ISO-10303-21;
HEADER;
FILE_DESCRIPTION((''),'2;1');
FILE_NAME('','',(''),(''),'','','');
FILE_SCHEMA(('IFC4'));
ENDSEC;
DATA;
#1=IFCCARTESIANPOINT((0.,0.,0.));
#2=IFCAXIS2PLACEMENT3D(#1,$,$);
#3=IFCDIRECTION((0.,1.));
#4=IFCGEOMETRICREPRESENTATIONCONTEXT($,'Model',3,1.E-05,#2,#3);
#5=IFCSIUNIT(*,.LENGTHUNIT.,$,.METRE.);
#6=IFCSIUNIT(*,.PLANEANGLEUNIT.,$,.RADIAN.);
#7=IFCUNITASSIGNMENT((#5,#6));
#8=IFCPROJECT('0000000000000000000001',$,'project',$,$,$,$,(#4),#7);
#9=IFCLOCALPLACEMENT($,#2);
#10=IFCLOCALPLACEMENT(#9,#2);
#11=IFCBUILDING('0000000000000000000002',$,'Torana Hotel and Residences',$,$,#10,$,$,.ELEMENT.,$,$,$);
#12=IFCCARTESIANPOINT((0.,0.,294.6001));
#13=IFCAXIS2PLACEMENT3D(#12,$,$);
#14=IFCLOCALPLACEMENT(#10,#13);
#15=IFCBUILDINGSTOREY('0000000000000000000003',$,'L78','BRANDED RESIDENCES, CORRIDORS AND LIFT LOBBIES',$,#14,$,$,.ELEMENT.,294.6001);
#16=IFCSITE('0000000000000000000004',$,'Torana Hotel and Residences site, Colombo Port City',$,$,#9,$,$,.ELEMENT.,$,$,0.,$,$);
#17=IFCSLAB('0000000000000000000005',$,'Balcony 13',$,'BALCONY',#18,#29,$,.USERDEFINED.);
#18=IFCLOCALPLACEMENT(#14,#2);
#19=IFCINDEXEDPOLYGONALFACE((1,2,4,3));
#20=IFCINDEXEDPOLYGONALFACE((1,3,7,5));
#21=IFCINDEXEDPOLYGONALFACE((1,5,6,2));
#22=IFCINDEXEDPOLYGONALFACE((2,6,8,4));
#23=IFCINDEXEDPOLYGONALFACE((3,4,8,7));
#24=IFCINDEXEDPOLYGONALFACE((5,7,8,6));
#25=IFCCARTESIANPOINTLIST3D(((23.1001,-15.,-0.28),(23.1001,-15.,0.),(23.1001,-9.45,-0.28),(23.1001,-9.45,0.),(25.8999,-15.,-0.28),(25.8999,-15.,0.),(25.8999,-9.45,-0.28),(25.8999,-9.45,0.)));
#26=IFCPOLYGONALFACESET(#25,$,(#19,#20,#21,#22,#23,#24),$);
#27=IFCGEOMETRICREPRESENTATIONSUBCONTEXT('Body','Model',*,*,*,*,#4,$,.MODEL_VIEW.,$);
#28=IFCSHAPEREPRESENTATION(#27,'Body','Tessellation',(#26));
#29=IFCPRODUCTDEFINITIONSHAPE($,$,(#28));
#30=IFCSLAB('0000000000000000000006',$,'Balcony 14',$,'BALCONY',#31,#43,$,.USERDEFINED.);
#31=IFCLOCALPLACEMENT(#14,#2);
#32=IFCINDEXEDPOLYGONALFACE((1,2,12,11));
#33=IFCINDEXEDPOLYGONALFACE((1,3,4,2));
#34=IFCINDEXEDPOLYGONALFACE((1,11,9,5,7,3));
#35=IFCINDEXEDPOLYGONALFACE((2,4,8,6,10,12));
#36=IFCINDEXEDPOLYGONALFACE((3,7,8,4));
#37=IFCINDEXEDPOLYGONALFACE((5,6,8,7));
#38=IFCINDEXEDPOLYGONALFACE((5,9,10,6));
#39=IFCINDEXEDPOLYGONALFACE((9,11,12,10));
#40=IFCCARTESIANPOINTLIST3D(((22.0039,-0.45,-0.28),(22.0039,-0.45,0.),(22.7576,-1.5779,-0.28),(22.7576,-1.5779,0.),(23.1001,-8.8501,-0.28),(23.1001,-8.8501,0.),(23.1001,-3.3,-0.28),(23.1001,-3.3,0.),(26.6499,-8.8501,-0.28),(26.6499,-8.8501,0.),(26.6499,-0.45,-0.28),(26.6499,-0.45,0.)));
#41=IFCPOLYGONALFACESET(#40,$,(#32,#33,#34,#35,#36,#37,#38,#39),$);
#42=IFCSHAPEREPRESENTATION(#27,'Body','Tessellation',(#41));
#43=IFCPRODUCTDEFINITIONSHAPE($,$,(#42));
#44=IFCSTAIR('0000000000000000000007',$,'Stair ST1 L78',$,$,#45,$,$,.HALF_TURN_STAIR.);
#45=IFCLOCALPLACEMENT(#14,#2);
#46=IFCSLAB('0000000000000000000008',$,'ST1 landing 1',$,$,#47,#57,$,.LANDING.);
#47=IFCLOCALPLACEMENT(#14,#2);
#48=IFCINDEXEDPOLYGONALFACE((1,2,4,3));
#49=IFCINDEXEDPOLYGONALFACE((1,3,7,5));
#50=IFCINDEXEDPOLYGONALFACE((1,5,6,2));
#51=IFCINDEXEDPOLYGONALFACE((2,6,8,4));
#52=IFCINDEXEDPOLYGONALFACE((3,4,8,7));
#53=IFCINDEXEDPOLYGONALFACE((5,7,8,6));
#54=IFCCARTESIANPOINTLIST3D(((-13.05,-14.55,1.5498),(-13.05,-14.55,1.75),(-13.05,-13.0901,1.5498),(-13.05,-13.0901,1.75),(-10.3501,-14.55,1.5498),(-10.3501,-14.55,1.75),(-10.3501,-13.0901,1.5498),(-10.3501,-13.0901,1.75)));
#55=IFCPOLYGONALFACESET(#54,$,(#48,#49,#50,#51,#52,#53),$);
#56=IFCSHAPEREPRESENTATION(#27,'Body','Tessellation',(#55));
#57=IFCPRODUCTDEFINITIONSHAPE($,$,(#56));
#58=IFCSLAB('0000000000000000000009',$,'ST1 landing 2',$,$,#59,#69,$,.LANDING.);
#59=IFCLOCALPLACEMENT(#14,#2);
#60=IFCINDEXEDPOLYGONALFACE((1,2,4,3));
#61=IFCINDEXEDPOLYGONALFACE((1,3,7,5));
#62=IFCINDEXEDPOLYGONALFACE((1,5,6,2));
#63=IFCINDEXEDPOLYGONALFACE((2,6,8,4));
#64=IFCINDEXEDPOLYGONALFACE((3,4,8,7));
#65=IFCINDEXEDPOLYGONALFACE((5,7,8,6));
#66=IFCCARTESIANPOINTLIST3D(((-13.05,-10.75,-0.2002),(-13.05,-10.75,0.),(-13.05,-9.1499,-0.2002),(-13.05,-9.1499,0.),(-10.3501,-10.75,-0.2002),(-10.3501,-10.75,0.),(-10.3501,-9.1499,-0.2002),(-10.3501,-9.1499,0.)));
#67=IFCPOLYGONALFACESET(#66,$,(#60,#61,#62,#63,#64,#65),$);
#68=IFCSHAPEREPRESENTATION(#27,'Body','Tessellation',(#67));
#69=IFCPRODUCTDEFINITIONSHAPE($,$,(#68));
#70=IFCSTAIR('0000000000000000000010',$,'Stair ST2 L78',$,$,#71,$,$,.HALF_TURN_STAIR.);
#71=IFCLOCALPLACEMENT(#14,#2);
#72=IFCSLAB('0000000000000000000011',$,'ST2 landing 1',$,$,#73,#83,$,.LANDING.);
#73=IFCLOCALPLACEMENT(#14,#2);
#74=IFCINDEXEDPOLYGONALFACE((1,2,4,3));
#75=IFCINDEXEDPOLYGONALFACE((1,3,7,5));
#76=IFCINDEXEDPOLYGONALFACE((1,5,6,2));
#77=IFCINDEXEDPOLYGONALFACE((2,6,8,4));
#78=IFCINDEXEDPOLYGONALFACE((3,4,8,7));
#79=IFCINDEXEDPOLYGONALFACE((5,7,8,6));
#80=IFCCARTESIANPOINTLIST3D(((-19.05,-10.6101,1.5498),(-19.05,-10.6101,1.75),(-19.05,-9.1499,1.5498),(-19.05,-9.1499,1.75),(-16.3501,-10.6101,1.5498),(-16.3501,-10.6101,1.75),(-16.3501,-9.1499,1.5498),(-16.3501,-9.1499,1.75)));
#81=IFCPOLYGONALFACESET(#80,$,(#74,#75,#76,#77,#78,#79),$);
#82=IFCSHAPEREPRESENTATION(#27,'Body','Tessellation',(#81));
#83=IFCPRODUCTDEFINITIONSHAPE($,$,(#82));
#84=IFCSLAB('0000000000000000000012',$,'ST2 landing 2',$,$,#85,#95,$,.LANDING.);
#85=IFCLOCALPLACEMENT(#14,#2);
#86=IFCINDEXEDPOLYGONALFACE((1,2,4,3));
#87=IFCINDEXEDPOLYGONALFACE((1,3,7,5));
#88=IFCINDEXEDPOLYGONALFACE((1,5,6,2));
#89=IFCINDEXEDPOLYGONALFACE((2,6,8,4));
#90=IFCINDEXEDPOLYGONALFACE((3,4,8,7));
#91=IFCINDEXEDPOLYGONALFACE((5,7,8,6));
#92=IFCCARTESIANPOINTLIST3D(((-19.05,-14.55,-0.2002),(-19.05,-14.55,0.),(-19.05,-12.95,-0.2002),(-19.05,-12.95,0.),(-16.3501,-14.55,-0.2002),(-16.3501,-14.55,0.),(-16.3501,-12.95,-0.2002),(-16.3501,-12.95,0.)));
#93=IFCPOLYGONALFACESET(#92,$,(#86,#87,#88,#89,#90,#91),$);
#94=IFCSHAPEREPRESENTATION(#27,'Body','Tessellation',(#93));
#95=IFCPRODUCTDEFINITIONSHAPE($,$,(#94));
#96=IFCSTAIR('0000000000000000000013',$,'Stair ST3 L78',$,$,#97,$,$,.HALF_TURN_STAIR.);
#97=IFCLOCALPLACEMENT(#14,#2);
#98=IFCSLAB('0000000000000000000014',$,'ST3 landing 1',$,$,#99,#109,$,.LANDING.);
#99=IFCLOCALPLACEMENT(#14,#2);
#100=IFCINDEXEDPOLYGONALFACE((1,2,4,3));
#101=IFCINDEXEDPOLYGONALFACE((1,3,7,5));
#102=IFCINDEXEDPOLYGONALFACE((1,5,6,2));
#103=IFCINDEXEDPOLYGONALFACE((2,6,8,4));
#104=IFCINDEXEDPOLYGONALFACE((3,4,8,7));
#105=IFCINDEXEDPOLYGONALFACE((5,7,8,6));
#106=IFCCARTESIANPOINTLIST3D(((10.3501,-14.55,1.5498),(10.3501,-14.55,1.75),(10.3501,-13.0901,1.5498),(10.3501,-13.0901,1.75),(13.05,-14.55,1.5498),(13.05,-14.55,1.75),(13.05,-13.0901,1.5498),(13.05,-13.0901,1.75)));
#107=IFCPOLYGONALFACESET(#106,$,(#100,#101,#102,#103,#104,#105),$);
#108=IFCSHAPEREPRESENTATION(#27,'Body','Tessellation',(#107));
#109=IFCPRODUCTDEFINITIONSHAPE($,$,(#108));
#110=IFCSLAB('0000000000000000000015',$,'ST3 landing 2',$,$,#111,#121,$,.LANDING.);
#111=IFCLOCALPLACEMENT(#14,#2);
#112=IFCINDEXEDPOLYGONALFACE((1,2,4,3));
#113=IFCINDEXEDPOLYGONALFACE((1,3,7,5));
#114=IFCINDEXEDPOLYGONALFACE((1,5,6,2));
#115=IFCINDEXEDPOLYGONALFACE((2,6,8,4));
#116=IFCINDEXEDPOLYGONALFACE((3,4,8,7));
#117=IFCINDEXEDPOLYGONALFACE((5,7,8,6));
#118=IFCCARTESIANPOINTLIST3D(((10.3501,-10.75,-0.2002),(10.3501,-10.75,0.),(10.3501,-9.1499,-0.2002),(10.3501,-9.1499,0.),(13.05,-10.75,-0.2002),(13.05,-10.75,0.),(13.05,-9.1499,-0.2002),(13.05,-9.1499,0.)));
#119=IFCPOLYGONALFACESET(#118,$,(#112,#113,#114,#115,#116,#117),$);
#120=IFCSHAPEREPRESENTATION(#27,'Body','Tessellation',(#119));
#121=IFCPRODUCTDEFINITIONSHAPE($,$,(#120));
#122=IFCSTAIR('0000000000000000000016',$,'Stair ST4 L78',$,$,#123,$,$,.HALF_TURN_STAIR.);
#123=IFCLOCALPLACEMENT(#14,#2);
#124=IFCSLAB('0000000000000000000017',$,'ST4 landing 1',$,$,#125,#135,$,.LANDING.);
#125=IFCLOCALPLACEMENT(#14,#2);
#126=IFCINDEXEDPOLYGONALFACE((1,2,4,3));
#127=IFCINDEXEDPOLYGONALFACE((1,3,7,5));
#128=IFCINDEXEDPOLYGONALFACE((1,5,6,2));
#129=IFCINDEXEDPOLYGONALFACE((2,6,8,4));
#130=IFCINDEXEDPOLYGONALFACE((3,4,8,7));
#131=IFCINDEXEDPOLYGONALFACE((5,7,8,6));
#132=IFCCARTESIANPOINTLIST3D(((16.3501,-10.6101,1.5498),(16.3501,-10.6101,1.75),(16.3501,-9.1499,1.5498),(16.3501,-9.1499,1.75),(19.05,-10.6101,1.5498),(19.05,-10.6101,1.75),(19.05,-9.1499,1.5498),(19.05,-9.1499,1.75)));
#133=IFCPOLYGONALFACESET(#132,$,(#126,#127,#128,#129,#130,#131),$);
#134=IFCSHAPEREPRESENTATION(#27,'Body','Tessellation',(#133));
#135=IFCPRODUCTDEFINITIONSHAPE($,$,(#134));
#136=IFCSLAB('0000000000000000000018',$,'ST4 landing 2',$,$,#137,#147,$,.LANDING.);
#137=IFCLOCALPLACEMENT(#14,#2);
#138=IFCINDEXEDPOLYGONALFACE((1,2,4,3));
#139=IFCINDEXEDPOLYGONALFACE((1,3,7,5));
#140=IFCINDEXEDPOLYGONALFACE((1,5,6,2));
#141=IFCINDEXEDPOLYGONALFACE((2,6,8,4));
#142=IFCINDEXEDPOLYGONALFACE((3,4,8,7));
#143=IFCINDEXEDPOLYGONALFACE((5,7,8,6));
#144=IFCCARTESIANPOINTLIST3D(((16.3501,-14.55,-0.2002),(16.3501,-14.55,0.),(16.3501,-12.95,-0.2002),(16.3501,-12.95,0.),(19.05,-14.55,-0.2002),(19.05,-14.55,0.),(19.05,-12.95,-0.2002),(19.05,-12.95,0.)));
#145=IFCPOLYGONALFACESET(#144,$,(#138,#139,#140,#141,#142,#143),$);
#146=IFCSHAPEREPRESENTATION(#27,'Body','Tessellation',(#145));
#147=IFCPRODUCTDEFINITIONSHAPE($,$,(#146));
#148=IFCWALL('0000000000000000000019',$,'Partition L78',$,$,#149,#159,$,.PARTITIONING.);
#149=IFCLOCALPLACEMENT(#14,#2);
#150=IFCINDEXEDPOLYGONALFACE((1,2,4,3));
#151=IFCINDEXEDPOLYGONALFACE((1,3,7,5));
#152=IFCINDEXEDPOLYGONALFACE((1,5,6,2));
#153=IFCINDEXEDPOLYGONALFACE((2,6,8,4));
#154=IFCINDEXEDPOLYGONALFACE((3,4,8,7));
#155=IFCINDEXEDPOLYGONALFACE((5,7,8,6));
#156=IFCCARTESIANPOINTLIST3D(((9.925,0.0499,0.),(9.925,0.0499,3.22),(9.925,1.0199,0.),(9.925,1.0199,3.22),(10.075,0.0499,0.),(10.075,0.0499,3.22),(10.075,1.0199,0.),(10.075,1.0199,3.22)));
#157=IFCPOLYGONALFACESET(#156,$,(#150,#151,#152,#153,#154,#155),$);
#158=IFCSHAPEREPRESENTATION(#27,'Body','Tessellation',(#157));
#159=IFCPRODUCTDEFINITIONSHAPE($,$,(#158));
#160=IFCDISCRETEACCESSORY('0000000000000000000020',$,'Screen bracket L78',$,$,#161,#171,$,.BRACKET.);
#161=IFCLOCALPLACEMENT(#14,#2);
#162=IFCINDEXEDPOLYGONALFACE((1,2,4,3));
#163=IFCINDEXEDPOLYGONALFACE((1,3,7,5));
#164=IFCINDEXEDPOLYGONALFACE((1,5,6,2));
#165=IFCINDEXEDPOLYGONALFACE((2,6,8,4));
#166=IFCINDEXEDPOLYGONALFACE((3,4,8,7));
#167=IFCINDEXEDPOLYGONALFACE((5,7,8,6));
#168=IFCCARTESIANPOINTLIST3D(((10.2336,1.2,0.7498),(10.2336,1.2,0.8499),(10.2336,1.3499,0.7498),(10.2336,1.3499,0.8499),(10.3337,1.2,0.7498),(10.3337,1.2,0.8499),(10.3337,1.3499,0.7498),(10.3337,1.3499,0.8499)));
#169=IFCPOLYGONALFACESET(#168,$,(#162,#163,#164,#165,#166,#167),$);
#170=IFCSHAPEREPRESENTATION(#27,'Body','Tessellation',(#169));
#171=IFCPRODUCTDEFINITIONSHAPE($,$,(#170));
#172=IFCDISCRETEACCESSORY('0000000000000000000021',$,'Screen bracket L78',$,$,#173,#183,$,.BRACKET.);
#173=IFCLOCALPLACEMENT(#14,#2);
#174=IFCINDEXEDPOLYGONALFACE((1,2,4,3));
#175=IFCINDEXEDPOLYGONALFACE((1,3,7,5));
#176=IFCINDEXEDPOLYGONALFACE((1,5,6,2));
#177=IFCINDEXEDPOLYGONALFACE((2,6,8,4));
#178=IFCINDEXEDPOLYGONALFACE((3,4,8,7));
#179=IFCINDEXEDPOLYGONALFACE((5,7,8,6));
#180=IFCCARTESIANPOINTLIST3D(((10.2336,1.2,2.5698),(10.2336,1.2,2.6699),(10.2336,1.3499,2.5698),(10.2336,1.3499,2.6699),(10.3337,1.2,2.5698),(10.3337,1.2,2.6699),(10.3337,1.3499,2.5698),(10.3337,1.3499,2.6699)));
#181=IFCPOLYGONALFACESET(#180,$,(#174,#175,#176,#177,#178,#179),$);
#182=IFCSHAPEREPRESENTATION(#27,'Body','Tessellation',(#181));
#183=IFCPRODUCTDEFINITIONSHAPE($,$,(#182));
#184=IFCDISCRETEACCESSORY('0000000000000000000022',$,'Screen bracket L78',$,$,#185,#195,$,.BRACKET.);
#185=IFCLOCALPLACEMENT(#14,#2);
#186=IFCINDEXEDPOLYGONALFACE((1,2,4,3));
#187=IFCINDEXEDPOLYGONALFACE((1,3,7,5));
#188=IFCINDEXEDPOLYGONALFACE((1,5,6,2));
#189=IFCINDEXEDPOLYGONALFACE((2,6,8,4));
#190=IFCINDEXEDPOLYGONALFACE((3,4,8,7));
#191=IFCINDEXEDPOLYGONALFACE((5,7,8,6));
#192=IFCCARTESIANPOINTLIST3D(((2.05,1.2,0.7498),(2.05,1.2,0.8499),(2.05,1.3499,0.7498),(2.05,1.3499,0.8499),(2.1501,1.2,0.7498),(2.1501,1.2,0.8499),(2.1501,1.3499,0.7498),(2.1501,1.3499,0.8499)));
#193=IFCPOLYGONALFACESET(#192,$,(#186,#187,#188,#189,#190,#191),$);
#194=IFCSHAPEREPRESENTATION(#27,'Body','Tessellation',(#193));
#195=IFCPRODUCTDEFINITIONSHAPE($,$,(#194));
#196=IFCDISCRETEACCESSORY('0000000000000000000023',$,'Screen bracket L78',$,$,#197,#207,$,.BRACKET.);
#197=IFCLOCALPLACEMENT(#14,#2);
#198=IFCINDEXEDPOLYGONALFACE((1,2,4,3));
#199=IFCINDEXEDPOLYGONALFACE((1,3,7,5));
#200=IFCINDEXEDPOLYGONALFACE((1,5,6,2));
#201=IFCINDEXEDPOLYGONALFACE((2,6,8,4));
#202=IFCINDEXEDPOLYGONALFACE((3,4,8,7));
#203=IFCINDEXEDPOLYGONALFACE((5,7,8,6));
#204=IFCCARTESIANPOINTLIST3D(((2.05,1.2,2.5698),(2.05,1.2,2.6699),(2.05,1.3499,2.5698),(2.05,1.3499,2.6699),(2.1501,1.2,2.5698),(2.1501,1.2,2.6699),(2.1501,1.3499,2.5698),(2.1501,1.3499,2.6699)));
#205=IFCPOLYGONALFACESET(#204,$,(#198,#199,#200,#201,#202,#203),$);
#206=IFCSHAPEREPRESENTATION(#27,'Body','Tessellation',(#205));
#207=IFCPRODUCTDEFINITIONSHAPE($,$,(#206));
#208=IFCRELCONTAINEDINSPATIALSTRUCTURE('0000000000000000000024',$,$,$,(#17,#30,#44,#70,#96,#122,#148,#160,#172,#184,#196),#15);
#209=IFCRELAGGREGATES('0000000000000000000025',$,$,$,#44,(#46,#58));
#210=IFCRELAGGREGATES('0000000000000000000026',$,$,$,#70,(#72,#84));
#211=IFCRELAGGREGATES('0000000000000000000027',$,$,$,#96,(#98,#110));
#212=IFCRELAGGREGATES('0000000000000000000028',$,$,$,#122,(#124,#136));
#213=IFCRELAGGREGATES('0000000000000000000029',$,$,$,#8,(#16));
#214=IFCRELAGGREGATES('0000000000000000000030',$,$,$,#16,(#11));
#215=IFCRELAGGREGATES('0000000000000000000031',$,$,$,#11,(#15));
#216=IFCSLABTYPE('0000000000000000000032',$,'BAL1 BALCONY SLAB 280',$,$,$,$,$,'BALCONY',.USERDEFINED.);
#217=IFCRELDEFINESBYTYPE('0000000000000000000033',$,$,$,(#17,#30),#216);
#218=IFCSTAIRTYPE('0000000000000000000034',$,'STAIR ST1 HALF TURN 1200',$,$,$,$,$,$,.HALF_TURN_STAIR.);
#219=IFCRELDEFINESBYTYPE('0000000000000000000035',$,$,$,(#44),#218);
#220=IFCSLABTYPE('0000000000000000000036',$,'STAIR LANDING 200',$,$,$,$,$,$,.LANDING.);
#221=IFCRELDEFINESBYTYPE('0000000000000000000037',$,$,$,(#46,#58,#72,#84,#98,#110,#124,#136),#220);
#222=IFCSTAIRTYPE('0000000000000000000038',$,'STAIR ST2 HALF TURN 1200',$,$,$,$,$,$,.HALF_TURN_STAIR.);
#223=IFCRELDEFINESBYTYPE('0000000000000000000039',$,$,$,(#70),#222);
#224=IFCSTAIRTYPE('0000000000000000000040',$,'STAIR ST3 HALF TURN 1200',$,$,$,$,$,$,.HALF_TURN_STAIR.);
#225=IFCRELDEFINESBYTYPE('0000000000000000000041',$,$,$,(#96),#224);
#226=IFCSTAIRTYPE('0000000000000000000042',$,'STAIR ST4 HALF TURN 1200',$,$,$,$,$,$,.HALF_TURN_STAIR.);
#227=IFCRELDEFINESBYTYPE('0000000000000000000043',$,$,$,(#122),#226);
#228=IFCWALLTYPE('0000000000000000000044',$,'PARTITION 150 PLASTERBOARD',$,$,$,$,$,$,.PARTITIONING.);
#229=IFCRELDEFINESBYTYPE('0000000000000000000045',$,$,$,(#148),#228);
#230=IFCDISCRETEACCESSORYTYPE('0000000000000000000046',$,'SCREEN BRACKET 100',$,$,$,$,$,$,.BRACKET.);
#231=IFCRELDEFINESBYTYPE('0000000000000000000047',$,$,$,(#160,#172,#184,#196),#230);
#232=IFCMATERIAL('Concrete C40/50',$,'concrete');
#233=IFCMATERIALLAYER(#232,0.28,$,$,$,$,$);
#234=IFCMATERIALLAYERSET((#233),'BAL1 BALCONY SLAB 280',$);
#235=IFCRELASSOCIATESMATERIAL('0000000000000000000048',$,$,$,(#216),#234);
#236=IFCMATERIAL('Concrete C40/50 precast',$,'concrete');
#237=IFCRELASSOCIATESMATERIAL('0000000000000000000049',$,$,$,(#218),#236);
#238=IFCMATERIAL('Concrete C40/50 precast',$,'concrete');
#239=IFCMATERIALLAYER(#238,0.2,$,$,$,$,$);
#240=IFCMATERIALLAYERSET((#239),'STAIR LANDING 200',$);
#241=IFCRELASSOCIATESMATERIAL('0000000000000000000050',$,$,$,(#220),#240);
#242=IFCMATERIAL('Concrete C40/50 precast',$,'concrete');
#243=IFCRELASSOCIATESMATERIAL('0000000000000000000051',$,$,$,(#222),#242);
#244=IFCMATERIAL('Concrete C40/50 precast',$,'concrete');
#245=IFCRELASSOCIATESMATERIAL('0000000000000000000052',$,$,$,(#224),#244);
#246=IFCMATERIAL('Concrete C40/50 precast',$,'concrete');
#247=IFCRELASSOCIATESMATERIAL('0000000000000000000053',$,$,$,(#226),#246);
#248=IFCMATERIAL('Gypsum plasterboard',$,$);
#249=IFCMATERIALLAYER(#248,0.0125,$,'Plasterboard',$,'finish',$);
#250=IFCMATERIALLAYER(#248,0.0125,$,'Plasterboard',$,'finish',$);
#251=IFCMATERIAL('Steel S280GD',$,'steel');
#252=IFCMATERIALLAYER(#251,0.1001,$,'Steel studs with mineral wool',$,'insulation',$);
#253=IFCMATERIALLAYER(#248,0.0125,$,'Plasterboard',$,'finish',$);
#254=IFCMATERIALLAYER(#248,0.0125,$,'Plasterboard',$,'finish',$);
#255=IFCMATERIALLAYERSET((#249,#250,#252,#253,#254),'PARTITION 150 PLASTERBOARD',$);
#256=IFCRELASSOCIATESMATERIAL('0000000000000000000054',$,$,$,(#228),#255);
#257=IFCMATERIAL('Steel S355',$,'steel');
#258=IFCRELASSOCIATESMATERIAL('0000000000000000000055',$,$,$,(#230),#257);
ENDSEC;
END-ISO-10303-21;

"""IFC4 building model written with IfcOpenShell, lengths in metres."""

from ifc_helpers import new_model, si_unit, direction, frame, frame_2d, origin, origin_2d, place, context, subcontext, project, spatial, polyline, rectangle, outline, extrude, material, layer, layer_set, type_object, element, aggregate, save


model = new_model("IFC4")

# Units and contexts
model_context = context("Model", 3, precision=1e-05, world=origin(), true_north=direction((0.0, 1.0)))
body_context = subcontext(model_context, "Body", "Model", "MODEL_VIEW")
ifc_project = project(units=[si_unit("LENGTHUNIT", "METRE"), si_unit("PLANEANGLEUNIT", "RADIAN")], contexts=[model_context])

# Site, building, storey
site_placement = place(None, origin())
site = spatial("IfcSite", under=ifc_project, at=site_placement, Name="Torana Hotel and Residences site, Colombo Port City", CompositionType="ELEMENT", RefElevation=0.0)
building_placement = place(site_placement, origin())
building = spatial("IfcBuilding", under=site, at=building_placement, Name="Torana Hotel and Residences", CompositionType="ELEMENT")
storey_placement = place(building_placement, frame((0.0, 0.0, 294.6001)))
storey = spatial("IfcBuildingStorey", under=building, at=storey_placement, Name="L78", Description="BRANDED RESIDENCES, CORRIDORS AND LIFT LOBBIES", CompositionType="ELEMENT", Elevation=294.6001)

# Slabs
ifc_material_1 = material(Name="Concrete C40/50", Category="concrete")
ifc_layer_1 = layer(ifc_material_1, 0.28)
ifc_layer_set_1 = layer_set([ifc_layer_1], Name="BAL1 BALCONY SLAB 280")
slab_type_1 = type_object("IfcSlabType", Name="BAL1 BALCONY SLAB 280", ElementType="BALCONY", PredefinedType="USERDEFINED", material=ifc_layer_set_1)
slab_1_placement = place(storey_placement, frame((0.0, 0.0, -0.28)))
element("IfcSlab", 1, at=slab_1_placement, inside=storey, type_object=slab_type_1, Name="Balcony 13", ObjectType="BALCONY", PredefinedType="USERDEFINED", context=body_context, shape_type="SweptSolid", body=[
    extrude(outline(polyline([(23.1001, -15.0), (25.8999, -15.0), (25.8999, -9.45), (23.1001, -9.45), (23.1001, -15.0)])), origin(), (0.0, 0.0, 1.0), 0.28),
])
slab_2_placement = place(storey_placement, frame((0.0, 0.0, -0.28)))
element("IfcSlab", 2, at=slab_2_placement, inside=storey, type_object=slab_type_1, Name="Balcony 14", ObjectType="BALCONY", PredefinedType="USERDEFINED", context=body_context, shape_type="SweptSolid", body=[
    extrude(outline(polyline([(23.1001, -8.8501), (26.6499, -8.8501), (26.6499, -0.45), (22.0039, -0.45), (22.7576, -1.5779), (23.1001, -3.3), (23.1001, -8.8501)])), origin(), (0.0, 0.0, 1.0), 0.28),
])

# Stairs, slabs
ifc_material_2 = material(Name="Concrete C40/50 precast", Category="concrete")
stair_type_1 = type_object("IfcStairType", Name="STAIR ST1 HALF TURN 1200", PredefinedType="HALF_TURN_STAIR", material=ifc_material_2)
stair_1_placement = place(storey_placement, origin())
stair_1 = element("IfcStair", 3, at=stair_1_placement, inside=storey, type_object=stair_type_1, Name="Stair ST1 L78", PredefinedType="HALF_TURN_STAIR")
ifc_material_3 = material(Name="Concrete C40/50 precast", Category="concrete")
ifc_layer_2 = layer(ifc_material_3, 0.2)
ifc_layer_set_2 = layer_set([ifc_layer_2], Name="STAIR LANDING 200")
slab_type_2 = type_object("IfcSlabType", Name="STAIR LANDING 200", PredefinedType="LANDING", material=ifc_layer_set_2)
slab_3_placement = place(storey_placement, frame((0.0, 0.0, 1.5498)))
slab_3 = element("IfcSlab", 4, at=slab_3_placement, type_object=slab_type_2, Name="ST1 landing 1", PredefinedType="LANDING", context=body_context, shape_type="SweptSolid", body=[
    extrude(outline(polyline([(-13.05, -14.55), (-10.3501, -14.55), (-10.3501, -13.0901), (-13.05, -13.0901), (-13.05, -14.55)])), origin(), (0.0, 0.0, 1.0), 0.2002),
])
slab_4_placement = place(storey_placement, frame((0.0, 0.0, -0.2002)))
slab_4 = element("IfcSlab", 5, at=slab_4_placement, type_object=slab_type_2, Name="ST1 landing 2", PredefinedType="LANDING", context=body_context, shape_type="SweptSolid", body=[
    extrude(outline(polyline([(-13.05, -10.75), (-10.3501, -10.75), (-10.3501, -9.1499), (-13.05, -9.1499), (-13.05, -10.75)])), origin(), (0.0, 0.0, 1.0), 0.2002),
])
aggregate(stair_1, [slab_3, slab_4])
ifc_material_4 = material(Name="Concrete C40/50 precast", Category="concrete")
stair_type_2 = type_object("IfcStairType", Name="STAIR ST2 HALF TURN 1200", PredefinedType="HALF_TURN_STAIR", material=ifc_material_4)
stair_2_placement = place(storey_placement, origin())
stair_2 = element("IfcStair", 6, at=stair_2_placement, inside=storey, type_object=stair_type_2, Name="Stair ST2 L78", PredefinedType="HALF_TURN_STAIR")
slab_5_placement = place(storey_placement, frame((0.0, 0.0, 1.5498)))
slab_5 = element("IfcSlab", 7, at=slab_5_placement, type_object=slab_type_2, Name="ST2 landing 1", PredefinedType="LANDING", context=body_context, shape_type="SweptSolid", body=[
    extrude(outline(polyline([(-19.05, -10.6101), (-16.3501, -10.6101), (-16.3501, -9.1499), (-19.05, -9.1499), (-19.05, -10.6101)])), origin(), (0.0, 0.0, 1.0), 0.2002),
])
slab_6_placement = place(storey_placement, frame((0.0, 0.0, -0.2002)))
slab_6 = element("IfcSlab", 8, at=slab_6_placement, type_object=slab_type_2, Name="ST2 landing 2", PredefinedType="LANDING", context=body_context, shape_type="SweptSolid", body=[
    extrude(outline(polyline([(-19.05, -14.55), (-16.3501, -14.55), (-16.3501, -12.95), (-19.05, -12.95), (-19.05, -14.55)])), origin(), (0.0, 0.0, 1.0), 0.2002),
])
aggregate(stair_2, [slab_5, slab_6])
ifc_material_5 = material(Name="Concrete C40/50 precast", Category="concrete")
stair_type_3 = type_object("IfcStairType", Name="STAIR ST3 HALF TURN 1200", PredefinedType="HALF_TURN_STAIR", material=ifc_material_5)
stair_3_placement = place(storey_placement, origin())
stair_3 = element("IfcStair", 9, at=stair_3_placement, inside=storey, type_object=stair_type_3, Name="Stair ST3 L78", PredefinedType="HALF_TURN_STAIR")
slab_7_placement = place(storey_placement, frame((0.0, 0.0, 1.5498)))
slab_7 = element("IfcSlab", 10, at=slab_7_placement, type_object=slab_type_2, Name="ST3 landing 1", PredefinedType="LANDING", context=body_context, shape_type="SweptSolid", body=[
    extrude(outline(polyline([(10.3501, -14.55), (13.05, -14.55), (13.05, -13.0901), (10.3501, -13.0901), (10.3501, -14.55)])), origin(), (0.0, 0.0, 1.0), 0.2002),
])
slab_8_placement = place(storey_placement, frame((0.0, 0.0, -0.2002)))
slab_8 = element("IfcSlab", 11, at=slab_8_placement, type_object=slab_type_2, Name="ST3 landing 2", PredefinedType="LANDING", context=body_context, shape_type="SweptSolid", body=[
    extrude(outline(polyline([(10.3501, -10.75), (13.05, -10.75), (13.05, -9.1499), (10.3501, -9.1499), (10.3501, -10.75)])), origin(), (0.0, 0.0, 1.0), 0.2002),
])
aggregate(stair_3, [slab_7, slab_8])
ifc_material_6 = material(Name="Concrete C40/50 precast", Category="concrete")
stair_type_4 = type_object("IfcStairType", Name="STAIR ST4 HALF TURN 1200", PredefinedType="HALF_TURN_STAIR", material=ifc_material_6)
stair_4_placement = place(storey_placement, origin())
stair_4 = element("IfcStair", 12, at=stair_4_placement, inside=storey, type_object=stair_type_4, Name="Stair ST4 L78", PredefinedType="HALF_TURN_STAIR")
slab_9_placement = place(storey_placement, frame((0.0, 0.0, 1.5498)))
slab_9 = element("IfcSlab", 13, at=slab_9_placement, type_object=slab_type_2, Name="ST4 landing 1", PredefinedType="LANDING", context=body_context, shape_type="SweptSolid", body=[
    extrude(outline(polyline([(16.3501, -10.6101), (19.05, -10.6101), (19.05, -9.1499), (16.3501, -9.1499), (16.3501, -10.6101)])), origin(), (0.0, 0.0, 1.0), 0.2002),
])
slab_10_placement = place(storey_placement, frame((0.0, 0.0, -0.2002)))
slab_10 = element("IfcSlab", 14, at=slab_10_placement, type_object=slab_type_2, Name="ST4 landing 2", PredefinedType="LANDING", context=body_context, shape_type="SweptSolid", body=[
    extrude(outline(polyline([(16.3501, -14.55), (19.05, -14.55), (19.05, -12.95), (16.3501, -12.95), (16.3501, -14.55)])), origin(), (0.0, 0.0, 1.0), 0.2002),
])
aggregate(stair_4, [slab_9, slab_10])

# Wall
ifc_material_7 = material(Name="Gypsum plasterboard")
ifc_layer_3 = layer(ifc_material_7, 0.0125, Name="Plasterboard", Category="finish")
ifc_layer_4 = layer(ifc_material_7, 0.0125, Name="Plasterboard", Category="finish")
ifc_material_8 = material(Name="Steel S280GD", Category="steel")
ifc_layer_5 = layer(ifc_material_8, 0.1001, Name="Steel studs with mineral wool", Category="insulation")
ifc_layer_6 = layer(ifc_material_7, 0.0125, Name="Plasterboard", Category="finish")
ifc_layer_7 = layer(ifc_material_7, 0.0125, Name="Plasterboard", Category="finish")
ifc_layer_set_3 = layer_set([ifc_layer_3, ifc_layer_4, ifc_layer_5, ifc_layer_6, ifc_layer_7], Name="PARTITION 150 PLASTERBOARD")
wall_type = type_object("IfcWallType", Name="PARTITION 150 PLASTERBOARD", PredefinedType="PARTITIONING", material=ifc_layer_set_3)
wall_placement = place(storey_placement, frame((10.0, 0.05, 0.0), z_axis=(0.0, 0.0, 1.0), x_axis=(0.0, 1.0, 0.0)))
element("IfcWall", 15, at=wall_placement, inside=storey, type_object=wall_type, Name="Partition L78", PredefinedType="PARTITIONING", context=body_context, shape_type="SweptSolid", body=[
    extrude(rectangle(XDim=0.97, YDim=0.1499, at=frame_2d((0.4849, 0.0))), origin(), (0.0, 0.0, 1.0), 3.22),
])

# Discrete accessories
ifc_material_9 = material(Name="Steel S355", Category="steel")
discrete_accessory_type = type_object("IfcDiscreteAccessoryType", Name="SCREEN BRACKET 100", PredefinedType="BRACKET", material=ifc_material_9)
for number, where, z_axis, x_axis, name in (
    (16, (10.2837, 1.2749, 0.7498), (0.0, 0.0, 1.0), (-1.0, 0.0, 0.0), "Screen bracket L78"),
    (17, (10.2837, 1.2749, 2.5698), (0.0, 0.0, 1.0), (-1.0, 0.0, 0.0), "Screen bracket L78"),
    (18, (2.1001, 1.2749, 0.7498), (0.0, 0.0, 1.0), (-1.0, 0.0, 0.0), "Screen bracket L78"),
    (19, (2.1001, 1.2749, 2.5698), (0.0, 0.0, 1.0), (-1.0, 0.0, 0.0), "Screen bracket L78"),
):
    element("IfcDiscreteAccessory", number, at=place(storey_placement, frame(where, z_axis=z_axis, x_axis=x_axis)), inside=storey, type_object=discrete_accessory_type, Name=name, PredefinedType="BRACKET", context=body_context, shape_type="SweptSolid", body=[
        extrude(rectangle(XDim=0.1001, YDim=0.1499, at=origin_2d()), origin(), (0.0, 0.0, 1.0), 0.1001),
    ])

save(model, "model.ifc")
